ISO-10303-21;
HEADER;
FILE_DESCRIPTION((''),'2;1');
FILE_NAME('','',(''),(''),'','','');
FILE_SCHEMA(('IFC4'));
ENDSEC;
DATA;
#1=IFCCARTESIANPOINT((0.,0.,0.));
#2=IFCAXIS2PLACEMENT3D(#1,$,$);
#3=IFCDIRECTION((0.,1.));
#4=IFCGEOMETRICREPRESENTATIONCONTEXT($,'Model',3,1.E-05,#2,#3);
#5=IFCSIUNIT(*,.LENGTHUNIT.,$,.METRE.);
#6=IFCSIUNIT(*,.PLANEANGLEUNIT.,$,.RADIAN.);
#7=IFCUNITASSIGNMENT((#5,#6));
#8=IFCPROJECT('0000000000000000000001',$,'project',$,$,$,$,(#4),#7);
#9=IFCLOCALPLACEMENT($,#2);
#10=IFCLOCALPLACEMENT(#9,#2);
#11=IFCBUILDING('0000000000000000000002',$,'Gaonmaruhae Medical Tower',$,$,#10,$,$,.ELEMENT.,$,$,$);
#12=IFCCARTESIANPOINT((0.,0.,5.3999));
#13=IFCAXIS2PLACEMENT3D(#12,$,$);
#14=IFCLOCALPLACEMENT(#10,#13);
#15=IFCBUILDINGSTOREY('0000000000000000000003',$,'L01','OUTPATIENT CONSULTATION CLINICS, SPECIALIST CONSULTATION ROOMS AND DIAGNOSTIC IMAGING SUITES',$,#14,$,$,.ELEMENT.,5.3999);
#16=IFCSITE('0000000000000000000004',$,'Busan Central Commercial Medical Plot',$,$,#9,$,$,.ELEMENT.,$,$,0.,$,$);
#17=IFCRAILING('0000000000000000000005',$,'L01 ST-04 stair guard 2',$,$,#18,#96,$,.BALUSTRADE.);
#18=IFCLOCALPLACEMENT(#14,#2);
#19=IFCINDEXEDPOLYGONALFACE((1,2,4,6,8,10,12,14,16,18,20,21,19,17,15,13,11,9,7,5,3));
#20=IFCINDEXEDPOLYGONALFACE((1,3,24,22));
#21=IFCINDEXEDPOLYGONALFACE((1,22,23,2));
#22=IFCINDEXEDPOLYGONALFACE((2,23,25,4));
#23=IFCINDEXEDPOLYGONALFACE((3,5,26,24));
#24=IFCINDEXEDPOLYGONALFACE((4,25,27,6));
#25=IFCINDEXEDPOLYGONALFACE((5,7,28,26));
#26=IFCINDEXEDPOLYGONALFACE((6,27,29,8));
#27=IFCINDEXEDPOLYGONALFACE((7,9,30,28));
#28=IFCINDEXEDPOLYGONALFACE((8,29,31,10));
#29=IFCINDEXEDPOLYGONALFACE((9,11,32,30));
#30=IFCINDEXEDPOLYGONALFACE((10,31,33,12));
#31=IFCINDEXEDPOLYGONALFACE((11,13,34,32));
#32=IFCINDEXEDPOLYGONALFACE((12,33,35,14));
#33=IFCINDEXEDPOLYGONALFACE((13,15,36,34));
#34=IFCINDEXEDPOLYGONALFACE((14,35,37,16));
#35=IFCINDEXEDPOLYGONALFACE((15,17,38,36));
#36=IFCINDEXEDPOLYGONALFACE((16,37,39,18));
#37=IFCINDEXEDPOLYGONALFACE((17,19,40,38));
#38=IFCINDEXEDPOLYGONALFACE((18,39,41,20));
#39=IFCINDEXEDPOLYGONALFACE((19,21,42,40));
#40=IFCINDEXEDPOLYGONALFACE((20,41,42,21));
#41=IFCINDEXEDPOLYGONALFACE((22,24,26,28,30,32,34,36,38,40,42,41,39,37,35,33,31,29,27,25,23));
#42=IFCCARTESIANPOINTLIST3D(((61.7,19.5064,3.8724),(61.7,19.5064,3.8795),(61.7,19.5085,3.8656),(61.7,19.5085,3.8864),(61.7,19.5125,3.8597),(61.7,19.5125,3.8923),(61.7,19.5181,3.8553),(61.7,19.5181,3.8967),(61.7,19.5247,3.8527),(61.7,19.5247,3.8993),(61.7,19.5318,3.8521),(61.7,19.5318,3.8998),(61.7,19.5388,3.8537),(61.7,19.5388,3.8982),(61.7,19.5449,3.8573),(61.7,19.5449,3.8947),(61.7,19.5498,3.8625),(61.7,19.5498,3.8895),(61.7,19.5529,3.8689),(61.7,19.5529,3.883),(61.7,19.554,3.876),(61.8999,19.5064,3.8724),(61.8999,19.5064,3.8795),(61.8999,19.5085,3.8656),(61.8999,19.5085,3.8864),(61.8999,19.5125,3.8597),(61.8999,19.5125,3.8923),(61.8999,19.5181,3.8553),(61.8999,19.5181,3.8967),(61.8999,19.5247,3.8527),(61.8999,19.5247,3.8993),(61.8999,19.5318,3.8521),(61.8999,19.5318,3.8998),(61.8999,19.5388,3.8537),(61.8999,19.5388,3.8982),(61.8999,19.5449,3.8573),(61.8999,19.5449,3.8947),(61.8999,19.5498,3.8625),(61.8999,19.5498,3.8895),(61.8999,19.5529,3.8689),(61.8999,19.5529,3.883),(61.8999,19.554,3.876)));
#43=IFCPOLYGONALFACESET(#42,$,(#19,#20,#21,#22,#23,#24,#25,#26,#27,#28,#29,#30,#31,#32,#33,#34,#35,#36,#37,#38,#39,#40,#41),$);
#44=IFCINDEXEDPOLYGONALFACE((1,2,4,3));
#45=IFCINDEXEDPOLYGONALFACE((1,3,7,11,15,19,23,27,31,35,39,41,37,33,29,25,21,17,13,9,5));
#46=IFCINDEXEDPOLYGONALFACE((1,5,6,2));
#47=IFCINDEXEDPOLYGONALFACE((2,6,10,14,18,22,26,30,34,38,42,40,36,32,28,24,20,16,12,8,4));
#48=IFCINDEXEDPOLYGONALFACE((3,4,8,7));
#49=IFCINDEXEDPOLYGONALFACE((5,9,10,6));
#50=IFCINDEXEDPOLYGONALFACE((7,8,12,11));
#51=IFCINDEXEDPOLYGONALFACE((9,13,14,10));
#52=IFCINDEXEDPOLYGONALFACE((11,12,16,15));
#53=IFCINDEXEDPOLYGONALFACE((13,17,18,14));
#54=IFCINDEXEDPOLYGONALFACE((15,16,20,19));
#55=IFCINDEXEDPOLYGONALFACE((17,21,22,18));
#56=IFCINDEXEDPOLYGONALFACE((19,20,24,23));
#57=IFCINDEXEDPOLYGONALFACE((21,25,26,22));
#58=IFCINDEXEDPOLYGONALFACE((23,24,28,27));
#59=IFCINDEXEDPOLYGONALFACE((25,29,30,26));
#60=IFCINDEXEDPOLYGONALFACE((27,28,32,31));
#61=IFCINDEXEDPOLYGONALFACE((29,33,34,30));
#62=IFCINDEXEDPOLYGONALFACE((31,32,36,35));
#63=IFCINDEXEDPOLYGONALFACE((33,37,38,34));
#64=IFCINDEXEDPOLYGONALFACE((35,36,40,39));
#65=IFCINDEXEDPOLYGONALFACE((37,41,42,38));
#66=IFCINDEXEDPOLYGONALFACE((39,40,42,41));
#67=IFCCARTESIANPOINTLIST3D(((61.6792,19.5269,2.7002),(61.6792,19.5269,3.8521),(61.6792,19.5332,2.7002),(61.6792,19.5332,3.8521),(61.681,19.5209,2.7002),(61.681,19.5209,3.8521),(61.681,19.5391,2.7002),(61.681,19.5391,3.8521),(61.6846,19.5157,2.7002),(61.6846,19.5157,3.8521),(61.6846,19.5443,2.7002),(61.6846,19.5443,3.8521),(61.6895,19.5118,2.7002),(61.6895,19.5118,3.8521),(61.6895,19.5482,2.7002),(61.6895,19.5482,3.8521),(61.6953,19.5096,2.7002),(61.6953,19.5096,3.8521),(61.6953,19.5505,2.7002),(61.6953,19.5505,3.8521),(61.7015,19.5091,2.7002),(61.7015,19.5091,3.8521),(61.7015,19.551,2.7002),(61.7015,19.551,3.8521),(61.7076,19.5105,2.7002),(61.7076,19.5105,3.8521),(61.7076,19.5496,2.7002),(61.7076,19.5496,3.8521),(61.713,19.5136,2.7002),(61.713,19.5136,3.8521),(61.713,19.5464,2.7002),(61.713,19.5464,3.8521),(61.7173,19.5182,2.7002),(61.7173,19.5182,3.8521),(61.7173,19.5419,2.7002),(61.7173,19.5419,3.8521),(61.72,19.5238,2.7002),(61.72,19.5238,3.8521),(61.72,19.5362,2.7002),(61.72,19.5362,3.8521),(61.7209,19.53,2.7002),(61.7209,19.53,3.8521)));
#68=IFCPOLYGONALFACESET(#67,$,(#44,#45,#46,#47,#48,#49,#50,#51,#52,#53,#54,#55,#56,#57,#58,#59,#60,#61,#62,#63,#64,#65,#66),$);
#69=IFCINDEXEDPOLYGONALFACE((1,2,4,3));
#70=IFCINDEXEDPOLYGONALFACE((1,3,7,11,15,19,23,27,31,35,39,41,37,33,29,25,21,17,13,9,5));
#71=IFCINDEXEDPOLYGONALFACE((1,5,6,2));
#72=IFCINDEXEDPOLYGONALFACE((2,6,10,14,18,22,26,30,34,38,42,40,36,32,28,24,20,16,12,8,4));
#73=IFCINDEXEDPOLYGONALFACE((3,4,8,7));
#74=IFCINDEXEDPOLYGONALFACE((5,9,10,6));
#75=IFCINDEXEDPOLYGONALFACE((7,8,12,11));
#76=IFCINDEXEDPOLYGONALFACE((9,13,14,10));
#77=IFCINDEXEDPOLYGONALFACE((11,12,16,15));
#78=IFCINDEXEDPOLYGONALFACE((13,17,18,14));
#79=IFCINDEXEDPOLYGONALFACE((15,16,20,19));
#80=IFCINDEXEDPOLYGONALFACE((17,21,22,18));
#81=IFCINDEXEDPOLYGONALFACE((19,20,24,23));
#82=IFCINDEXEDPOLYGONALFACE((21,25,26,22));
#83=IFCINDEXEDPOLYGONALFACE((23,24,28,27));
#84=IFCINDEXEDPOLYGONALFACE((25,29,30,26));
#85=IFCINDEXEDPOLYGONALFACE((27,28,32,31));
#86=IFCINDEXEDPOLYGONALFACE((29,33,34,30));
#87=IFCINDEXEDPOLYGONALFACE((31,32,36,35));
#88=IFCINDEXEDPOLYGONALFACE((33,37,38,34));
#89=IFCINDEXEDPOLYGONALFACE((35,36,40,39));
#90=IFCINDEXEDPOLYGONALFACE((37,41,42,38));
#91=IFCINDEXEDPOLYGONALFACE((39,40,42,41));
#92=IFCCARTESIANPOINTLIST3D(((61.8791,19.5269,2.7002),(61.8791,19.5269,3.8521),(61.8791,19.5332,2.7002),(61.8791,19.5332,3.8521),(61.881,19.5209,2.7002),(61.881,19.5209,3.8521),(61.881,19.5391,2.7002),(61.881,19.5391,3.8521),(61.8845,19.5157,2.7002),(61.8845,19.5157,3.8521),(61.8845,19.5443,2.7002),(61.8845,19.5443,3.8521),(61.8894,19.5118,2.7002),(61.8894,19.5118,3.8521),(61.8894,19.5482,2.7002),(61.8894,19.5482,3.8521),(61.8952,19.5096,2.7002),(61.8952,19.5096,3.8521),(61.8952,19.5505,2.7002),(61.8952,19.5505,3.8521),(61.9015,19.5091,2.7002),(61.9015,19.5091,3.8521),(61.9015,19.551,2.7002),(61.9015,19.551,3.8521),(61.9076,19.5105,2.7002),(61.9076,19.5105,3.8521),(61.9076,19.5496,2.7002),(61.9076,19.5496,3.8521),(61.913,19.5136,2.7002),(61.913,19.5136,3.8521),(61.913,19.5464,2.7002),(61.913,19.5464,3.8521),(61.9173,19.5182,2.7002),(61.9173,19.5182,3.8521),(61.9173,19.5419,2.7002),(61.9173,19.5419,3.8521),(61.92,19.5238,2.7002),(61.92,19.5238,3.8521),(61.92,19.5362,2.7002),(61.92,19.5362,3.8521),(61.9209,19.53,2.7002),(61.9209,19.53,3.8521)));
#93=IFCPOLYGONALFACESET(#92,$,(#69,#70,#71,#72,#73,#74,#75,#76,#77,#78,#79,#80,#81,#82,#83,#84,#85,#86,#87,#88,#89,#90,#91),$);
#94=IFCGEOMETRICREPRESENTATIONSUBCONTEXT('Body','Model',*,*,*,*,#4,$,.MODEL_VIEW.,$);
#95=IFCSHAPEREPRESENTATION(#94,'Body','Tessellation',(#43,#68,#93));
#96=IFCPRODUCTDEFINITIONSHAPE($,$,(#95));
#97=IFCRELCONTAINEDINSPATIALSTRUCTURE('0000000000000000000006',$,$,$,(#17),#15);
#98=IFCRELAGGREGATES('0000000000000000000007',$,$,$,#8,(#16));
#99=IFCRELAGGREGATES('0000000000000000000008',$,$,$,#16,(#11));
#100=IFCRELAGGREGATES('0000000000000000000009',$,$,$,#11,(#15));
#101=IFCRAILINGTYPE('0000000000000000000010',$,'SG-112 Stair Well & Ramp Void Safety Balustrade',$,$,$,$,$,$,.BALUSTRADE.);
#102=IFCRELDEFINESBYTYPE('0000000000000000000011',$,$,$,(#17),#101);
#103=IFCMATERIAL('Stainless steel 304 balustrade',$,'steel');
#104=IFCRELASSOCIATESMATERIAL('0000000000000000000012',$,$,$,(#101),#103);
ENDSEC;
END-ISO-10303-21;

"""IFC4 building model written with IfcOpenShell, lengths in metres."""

from ifc_helpers import new_model, si_unit, direction, frame, origin, origin_2d, place, context, subcontext, project, spatial, circle, extrude, material, type_object, element, save


model = new_model("IFC4")

# Units and contexts
model_context = context("Model", 3, precision=1e-05, world=origin(), true_north=direction((0.0, 1.0)))
body_context = subcontext(model_context, "Body", "Model", "MODEL_VIEW")
ifc_project = project(units=[si_unit("LENGTHUNIT", "METRE"), si_unit("PLANEANGLEUNIT", "RADIAN")], contexts=[model_context])

# Site, building, storey
site_placement = place(None, origin())
site = spatial("IfcSite", under=ifc_project, at=site_placement, Name="Busan Central Commercial Medical Plot", CompositionType="ELEMENT", RefElevation=0.0)
building_placement = place(site_placement, origin())
building = spatial("IfcBuilding", under=site, at=building_placement, Name="Gaonmaruhae Medical Tower", CompositionType="ELEMENT")
storey_placement = place(building_placement, frame((0.0, 0.0, 5.3999)))
storey = spatial("IfcBuildingStorey", under=building, at=storey_placement, Name="L01", Description="OUTPATIENT CONSULTATION CLINICS, SPECIALIST CONSULTATION ROOMS AND DIAGNOSTIC IMAGING SUITES", CompositionType="ELEMENT", Elevation=5.3999)

# Railing
ifc_material_1 = material(Name="Stainless steel 304 balustrade", Category="steel")
railing_type_1 = type_object("IfcRailingType", Name="SG-112 Stair Well & Ramp Void Safety Balustrade", PredefinedType="BALUSTRADE", material=ifc_material_1)
railing_1_placement = place(storey_placement, frame((61.7, 19.53, 2.7002)))
element("IfcRailing", 1, at=railing_1_placement, inside=storey, type_object=railing_type_1, Name="L01 ST-04 stair guard 2", PredefinedType="BALUSTRADE", context=body_context, shape_type="SweptSolid", body=[
    extrude(circle(Radius=0.0239, at=origin_2d()), frame((0.0, 0.0, 1.1758), z_axis=(1.0, 0.0, 0.0), x_axis=(0.0, 1.0, 0.0)), (0.0, 0.0, 1.0), 0.2),
    extrude(circle(Radius=0.021, at=origin_2d()), origin(), (0.0, 0.0, 1.0), 1.1519),
    extrude(circle(Radius=0.021, at=origin_2d()), frame((0.2, 0.0, 0.0)), (0.0, 0.0, 1.0), 1.1519),
])

save(model, "model.ifc")
